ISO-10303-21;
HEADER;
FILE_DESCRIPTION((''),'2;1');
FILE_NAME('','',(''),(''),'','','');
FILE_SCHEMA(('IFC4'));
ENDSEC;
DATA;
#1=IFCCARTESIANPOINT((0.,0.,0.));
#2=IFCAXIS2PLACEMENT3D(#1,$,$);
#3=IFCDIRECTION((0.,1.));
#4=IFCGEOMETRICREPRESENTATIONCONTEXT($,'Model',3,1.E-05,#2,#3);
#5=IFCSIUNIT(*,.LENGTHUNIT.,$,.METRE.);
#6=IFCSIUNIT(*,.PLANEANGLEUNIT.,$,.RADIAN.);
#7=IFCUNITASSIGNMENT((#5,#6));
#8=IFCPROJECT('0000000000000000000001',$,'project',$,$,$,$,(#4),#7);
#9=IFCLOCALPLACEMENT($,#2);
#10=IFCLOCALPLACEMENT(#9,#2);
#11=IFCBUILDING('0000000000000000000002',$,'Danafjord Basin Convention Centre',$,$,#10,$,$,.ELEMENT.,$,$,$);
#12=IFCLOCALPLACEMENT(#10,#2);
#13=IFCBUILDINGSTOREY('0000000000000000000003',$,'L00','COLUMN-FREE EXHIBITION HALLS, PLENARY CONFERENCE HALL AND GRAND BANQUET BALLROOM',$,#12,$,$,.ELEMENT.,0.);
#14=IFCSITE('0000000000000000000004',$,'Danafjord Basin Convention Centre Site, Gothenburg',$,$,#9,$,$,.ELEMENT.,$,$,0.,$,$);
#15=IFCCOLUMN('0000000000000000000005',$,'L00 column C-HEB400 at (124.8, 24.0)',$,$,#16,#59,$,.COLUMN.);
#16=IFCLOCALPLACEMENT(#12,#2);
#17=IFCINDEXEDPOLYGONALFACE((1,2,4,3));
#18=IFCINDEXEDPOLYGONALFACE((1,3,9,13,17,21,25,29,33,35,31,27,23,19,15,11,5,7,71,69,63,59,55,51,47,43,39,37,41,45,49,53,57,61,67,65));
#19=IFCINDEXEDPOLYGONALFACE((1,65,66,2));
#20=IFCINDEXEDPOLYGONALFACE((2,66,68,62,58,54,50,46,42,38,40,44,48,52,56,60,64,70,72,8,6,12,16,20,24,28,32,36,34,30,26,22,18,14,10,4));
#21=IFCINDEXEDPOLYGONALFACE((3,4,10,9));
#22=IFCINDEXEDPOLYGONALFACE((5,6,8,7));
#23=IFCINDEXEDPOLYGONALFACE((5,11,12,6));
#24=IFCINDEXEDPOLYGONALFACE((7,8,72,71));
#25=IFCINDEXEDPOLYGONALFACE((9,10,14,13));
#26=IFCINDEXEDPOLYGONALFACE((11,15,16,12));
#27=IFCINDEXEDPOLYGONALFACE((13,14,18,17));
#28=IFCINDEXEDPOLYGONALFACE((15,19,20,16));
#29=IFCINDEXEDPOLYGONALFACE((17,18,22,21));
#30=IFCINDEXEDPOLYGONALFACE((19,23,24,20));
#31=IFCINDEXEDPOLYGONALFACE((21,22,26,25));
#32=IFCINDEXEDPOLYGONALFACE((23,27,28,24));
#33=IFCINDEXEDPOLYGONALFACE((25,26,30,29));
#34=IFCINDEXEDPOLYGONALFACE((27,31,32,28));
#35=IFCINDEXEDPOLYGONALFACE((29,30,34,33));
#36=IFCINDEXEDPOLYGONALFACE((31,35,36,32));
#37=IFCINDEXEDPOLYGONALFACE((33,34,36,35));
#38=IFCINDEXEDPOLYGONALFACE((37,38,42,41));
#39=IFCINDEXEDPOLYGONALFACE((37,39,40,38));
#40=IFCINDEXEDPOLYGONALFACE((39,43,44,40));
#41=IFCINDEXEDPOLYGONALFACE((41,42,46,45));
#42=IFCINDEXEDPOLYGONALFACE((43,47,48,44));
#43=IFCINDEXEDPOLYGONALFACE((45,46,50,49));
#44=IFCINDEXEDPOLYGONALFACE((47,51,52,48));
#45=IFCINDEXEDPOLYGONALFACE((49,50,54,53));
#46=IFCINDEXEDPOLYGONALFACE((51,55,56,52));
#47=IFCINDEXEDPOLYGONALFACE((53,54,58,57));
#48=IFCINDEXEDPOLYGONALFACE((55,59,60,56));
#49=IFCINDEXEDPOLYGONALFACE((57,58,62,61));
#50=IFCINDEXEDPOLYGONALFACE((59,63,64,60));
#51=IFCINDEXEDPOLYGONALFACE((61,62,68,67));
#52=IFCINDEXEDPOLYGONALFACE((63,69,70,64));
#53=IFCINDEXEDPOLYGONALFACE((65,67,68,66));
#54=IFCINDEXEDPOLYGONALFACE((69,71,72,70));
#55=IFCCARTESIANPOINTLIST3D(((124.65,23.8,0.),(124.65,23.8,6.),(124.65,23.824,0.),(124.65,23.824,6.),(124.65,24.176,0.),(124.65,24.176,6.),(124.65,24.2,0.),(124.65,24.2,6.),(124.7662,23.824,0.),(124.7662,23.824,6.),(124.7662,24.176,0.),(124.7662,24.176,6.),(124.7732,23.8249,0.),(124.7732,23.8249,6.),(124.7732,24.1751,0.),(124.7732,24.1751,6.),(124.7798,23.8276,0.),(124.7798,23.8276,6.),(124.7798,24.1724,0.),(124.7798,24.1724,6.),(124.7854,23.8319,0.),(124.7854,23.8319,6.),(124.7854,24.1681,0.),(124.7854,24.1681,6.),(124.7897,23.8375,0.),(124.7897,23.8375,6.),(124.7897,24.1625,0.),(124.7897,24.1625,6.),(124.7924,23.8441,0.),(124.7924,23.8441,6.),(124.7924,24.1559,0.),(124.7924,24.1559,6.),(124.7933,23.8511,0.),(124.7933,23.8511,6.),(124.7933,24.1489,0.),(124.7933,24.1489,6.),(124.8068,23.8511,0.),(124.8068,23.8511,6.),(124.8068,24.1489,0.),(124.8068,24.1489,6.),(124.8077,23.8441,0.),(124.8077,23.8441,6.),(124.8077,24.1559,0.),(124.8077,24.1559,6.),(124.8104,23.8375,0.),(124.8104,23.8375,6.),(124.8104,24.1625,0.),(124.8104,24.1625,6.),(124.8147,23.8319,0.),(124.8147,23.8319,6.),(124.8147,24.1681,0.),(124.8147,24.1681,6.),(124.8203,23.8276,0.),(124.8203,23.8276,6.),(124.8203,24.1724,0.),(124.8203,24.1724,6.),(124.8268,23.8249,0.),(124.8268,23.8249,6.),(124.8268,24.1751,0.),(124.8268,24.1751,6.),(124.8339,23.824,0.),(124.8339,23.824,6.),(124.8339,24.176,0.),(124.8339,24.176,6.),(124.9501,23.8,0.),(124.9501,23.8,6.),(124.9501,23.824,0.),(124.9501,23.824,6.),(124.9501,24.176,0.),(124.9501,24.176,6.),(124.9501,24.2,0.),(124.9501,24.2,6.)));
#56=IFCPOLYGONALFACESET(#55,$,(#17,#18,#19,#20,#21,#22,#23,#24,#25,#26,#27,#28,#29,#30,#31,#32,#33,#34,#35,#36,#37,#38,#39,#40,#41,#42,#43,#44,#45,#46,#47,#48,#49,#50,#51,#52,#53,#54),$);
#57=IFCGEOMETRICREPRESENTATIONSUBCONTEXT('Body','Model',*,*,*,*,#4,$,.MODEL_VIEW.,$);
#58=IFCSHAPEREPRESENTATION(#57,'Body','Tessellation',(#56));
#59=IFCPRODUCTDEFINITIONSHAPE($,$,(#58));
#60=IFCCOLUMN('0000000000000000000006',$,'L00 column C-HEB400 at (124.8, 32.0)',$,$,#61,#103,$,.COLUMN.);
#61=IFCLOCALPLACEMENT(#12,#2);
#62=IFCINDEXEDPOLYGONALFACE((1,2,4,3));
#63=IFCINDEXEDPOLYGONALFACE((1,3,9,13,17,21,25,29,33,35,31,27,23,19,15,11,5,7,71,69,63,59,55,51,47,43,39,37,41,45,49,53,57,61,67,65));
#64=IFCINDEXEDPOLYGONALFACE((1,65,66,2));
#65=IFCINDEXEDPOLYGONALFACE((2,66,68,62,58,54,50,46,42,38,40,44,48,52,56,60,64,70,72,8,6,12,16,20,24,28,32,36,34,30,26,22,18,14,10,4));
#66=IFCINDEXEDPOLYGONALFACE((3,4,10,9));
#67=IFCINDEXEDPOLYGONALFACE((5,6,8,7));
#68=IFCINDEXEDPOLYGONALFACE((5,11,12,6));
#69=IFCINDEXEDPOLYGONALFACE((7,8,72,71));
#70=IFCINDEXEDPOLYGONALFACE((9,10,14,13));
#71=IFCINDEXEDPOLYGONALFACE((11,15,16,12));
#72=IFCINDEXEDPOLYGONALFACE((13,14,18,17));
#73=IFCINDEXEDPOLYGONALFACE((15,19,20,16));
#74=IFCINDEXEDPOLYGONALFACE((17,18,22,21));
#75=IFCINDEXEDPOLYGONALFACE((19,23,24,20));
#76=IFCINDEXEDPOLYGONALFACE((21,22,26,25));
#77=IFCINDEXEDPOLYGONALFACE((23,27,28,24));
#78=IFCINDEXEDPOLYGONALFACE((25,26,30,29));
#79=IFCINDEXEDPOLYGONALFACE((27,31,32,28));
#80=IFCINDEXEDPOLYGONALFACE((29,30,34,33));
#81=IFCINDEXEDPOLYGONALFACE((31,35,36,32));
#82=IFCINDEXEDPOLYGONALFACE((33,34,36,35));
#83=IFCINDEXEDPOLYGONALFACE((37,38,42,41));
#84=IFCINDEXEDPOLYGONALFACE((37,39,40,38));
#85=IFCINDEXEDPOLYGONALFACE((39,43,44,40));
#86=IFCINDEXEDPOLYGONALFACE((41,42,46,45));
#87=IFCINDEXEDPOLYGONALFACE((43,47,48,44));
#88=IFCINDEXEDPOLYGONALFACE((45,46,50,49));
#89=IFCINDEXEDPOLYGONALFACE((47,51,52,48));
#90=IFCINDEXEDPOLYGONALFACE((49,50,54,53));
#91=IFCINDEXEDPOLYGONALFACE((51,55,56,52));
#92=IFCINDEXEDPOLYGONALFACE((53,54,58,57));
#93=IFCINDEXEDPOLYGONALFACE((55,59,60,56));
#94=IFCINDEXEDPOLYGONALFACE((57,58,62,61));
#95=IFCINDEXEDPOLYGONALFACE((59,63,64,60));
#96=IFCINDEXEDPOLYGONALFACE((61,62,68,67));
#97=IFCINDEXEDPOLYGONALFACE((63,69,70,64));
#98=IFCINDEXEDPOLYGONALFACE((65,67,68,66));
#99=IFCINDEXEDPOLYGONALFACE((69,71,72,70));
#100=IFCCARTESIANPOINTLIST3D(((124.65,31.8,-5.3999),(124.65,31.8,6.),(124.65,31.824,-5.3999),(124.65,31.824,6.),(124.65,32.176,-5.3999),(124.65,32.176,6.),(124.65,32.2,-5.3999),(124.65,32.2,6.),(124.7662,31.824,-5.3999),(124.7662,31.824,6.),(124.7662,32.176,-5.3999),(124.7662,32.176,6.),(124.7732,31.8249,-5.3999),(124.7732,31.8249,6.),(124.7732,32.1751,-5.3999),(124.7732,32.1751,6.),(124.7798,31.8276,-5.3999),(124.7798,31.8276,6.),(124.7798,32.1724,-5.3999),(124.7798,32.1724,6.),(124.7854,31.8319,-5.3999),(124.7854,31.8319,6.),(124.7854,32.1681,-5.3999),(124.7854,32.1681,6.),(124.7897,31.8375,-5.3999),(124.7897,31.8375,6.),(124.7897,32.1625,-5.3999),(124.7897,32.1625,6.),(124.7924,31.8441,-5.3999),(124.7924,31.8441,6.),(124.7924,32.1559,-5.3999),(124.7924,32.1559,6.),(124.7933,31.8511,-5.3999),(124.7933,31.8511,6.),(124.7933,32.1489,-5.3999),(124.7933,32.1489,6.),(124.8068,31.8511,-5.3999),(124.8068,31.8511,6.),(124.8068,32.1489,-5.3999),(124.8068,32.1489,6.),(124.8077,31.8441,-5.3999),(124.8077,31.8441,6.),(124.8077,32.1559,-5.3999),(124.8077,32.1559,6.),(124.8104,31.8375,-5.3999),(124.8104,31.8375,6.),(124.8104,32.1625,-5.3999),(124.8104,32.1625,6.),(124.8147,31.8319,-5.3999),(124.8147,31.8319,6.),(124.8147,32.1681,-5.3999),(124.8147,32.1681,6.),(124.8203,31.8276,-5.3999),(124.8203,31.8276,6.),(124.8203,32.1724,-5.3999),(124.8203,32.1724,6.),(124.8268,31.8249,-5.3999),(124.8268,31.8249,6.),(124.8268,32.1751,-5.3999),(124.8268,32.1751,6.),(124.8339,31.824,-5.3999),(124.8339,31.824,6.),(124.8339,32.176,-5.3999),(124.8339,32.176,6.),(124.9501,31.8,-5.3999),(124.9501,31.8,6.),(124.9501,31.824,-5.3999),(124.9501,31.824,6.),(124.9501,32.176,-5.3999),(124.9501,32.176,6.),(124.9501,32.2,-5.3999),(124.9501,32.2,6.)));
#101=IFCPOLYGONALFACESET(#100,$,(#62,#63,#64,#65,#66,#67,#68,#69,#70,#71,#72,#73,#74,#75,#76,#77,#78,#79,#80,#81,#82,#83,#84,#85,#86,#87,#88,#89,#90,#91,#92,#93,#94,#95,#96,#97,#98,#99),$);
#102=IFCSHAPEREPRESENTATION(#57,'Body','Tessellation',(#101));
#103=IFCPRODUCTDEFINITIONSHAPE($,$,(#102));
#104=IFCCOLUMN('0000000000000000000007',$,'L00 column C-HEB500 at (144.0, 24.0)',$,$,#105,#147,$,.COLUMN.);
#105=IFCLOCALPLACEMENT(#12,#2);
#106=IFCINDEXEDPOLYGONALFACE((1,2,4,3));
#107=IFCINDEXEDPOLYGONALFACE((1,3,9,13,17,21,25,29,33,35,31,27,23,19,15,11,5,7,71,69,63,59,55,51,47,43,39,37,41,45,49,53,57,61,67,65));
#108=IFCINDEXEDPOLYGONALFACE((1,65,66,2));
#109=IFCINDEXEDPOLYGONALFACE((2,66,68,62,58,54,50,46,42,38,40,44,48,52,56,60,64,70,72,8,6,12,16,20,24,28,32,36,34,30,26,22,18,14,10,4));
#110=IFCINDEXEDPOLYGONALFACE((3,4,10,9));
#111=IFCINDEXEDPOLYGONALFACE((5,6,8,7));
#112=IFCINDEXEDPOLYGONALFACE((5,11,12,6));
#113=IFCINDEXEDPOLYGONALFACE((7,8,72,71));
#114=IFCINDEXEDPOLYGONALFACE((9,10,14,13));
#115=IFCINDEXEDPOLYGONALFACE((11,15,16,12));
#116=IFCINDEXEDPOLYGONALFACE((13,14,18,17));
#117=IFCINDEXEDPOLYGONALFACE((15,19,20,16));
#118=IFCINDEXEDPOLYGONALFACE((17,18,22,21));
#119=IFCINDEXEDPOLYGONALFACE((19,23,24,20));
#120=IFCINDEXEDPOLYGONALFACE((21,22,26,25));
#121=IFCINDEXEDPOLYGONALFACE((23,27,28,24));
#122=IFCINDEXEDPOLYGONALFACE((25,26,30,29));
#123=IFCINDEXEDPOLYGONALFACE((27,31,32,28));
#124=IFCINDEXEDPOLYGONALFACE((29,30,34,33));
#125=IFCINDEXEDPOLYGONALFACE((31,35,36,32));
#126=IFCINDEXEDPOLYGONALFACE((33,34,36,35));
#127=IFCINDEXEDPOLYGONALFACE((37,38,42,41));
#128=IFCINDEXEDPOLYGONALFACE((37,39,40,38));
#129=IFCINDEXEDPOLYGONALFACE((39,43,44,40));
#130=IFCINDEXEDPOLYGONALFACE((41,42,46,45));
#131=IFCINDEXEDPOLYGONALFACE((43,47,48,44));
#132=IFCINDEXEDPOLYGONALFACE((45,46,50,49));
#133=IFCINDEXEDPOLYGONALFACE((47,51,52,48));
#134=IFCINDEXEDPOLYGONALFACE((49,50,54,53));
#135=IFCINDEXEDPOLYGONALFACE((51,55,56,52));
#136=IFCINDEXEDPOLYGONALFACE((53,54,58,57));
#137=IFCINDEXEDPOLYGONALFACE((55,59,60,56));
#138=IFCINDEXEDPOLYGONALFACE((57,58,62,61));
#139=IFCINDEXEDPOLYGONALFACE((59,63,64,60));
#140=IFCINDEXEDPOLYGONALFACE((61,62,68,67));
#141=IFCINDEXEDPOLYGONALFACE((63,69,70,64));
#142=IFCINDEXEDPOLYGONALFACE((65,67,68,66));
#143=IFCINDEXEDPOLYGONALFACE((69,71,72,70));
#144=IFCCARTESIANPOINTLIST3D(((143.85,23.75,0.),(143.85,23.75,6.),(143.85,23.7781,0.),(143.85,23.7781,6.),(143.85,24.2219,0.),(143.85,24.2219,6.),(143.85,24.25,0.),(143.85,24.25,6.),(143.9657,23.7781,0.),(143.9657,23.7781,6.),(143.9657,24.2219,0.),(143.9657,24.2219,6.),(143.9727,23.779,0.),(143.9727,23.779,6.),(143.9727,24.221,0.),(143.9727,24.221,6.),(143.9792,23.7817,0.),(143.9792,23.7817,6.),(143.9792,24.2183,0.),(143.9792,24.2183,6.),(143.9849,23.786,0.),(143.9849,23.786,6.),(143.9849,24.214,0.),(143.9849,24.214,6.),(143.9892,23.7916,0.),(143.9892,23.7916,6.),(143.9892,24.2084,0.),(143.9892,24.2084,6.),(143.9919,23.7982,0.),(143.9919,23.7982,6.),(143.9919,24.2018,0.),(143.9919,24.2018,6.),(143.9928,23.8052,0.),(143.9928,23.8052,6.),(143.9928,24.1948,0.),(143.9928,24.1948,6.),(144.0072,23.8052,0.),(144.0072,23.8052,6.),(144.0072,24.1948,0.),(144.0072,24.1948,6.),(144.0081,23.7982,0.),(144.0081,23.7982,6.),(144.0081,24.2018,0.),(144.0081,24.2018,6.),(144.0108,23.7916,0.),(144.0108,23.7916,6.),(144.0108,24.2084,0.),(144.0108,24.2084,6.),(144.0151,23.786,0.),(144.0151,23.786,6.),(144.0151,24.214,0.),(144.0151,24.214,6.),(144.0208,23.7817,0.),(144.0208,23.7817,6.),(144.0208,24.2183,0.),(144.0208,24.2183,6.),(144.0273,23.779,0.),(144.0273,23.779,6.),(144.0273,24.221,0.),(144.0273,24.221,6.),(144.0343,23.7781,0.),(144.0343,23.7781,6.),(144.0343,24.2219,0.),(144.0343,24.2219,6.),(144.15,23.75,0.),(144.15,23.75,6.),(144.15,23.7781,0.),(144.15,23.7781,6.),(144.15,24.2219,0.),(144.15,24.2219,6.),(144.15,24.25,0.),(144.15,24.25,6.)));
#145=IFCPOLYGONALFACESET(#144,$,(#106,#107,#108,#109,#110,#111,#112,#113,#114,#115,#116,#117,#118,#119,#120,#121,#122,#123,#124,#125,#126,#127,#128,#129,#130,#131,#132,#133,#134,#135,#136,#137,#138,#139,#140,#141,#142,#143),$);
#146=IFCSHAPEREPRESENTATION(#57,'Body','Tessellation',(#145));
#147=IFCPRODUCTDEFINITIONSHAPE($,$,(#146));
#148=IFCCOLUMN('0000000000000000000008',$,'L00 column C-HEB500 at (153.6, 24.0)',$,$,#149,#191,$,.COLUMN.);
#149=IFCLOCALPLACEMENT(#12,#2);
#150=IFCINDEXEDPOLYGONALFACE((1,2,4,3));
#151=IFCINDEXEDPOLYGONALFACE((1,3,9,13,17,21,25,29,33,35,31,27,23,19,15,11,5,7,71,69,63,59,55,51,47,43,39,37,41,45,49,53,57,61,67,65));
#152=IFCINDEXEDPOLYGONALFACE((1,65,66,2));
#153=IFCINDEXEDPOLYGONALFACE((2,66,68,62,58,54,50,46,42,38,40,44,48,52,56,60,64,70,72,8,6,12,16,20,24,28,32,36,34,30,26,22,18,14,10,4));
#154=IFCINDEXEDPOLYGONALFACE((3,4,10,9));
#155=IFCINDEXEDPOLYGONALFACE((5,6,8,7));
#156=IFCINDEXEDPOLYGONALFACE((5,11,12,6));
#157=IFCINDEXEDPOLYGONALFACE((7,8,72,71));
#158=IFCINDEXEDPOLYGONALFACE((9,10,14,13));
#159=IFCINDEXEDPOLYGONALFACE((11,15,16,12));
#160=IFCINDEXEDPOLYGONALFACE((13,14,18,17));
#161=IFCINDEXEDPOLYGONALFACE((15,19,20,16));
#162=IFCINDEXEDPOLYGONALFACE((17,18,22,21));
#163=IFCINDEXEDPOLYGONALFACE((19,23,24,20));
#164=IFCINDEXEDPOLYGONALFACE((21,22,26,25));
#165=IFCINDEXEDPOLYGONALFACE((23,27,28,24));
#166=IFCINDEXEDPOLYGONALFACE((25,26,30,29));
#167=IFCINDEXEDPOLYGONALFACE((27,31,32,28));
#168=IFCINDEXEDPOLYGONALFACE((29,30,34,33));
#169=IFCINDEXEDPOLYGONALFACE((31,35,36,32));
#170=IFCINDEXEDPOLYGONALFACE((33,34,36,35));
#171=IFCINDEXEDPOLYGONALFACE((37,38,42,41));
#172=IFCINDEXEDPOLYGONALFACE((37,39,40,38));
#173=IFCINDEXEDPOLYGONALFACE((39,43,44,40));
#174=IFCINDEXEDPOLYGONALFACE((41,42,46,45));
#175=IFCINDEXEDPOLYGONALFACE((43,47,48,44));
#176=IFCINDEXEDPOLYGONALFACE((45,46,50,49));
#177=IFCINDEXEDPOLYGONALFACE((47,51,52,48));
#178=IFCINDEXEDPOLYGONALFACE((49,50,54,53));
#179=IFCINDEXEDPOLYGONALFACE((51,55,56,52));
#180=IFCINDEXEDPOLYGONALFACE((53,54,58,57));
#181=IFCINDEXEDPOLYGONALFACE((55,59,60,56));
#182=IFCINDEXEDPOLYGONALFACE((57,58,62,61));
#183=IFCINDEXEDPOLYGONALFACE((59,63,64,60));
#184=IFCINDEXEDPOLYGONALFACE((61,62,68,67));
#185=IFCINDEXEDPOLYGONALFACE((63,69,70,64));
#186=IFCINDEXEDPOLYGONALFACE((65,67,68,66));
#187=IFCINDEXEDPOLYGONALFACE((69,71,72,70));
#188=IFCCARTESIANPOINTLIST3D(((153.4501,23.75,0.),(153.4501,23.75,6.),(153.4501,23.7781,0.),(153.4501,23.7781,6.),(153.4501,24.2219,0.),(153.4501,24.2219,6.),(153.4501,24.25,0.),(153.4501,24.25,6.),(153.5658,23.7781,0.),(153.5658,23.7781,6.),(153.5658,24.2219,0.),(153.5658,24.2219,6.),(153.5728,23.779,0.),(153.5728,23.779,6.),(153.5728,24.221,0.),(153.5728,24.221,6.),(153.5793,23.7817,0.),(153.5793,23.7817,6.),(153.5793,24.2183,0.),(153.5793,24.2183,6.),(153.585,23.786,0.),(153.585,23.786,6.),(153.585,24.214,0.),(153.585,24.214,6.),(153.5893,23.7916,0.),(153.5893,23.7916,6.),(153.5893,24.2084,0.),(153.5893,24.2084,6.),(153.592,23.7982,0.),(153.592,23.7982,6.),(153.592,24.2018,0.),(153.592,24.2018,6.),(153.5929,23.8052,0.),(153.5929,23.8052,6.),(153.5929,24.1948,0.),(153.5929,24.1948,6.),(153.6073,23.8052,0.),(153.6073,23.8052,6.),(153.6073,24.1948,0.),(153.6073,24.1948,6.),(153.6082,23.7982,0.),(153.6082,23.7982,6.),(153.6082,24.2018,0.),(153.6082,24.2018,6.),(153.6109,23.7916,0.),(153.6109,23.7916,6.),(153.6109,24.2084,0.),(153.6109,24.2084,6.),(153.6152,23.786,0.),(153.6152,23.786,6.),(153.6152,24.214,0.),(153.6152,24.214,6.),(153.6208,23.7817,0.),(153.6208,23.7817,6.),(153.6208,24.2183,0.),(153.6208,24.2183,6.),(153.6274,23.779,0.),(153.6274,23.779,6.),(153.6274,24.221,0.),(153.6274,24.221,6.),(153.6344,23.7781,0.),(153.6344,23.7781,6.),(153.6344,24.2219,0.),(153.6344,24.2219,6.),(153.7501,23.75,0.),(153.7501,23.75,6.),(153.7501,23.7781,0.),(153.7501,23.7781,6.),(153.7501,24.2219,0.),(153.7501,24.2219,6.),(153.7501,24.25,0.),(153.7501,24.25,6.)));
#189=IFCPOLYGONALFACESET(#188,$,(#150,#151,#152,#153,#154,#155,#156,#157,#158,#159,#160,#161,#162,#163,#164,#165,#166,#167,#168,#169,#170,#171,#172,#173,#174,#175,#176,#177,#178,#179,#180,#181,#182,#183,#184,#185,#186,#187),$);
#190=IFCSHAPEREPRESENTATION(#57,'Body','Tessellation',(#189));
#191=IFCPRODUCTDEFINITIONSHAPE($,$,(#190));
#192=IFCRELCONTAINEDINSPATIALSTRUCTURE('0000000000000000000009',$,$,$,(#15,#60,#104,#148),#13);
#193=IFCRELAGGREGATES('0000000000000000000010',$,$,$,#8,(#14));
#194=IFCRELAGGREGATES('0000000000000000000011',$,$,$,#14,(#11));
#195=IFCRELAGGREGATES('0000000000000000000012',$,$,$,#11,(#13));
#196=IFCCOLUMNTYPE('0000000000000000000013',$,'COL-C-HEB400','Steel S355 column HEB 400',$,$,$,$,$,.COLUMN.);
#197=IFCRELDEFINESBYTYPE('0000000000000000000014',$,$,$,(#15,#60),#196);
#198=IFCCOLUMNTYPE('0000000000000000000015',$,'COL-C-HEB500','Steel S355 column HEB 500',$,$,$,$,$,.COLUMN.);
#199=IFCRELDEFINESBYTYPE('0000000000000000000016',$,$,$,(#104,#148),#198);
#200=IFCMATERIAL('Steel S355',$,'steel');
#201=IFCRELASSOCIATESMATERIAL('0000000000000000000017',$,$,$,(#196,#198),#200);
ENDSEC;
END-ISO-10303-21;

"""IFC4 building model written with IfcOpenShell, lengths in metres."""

from ifc_helpers import new_model, si_unit, direction, frame, origin, origin_2d, place, context, subcontext, project, spatial, i_section, extrude, material, material_profile, profile_set, type_object, element, save


model = new_model("IFC4")

# Units and contexts
model_context = context("Model", 3, precision=1e-05, world=origin(), true_north=direction((0.0, 1.0)))
body_context = subcontext(model_context, "Body", "Model", "MODEL_VIEW")
ifc_project = project(units=[si_unit("LENGTHUNIT", "METRE"), si_unit("PLANEANGLEUNIT", "RADIAN")], contexts=[model_context])

# Site, building, storey
site_placement = place(None, origin())
site = spatial("IfcSite", under=ifc_project, at=site_placement, Name="Danafjord Basin Convention Centre Site, Gothenburg", CompositionType="ELEMENT", RefElevation=0.0)
building_placement = place(site_placement, origin())
building = spatial("IfcBuilding", under=site, at=building_placement, Name="Danafjord Basin Convention Centre", CompositionType="ELEMENT")
storey_placement = place(building_placement, origin())
storey = spatial("IfcBuildingStorey", under=building, at=storey_placement, Name="L00", Description="COLUMN-FREE EXHIBITION HALLS, PLENARY CONFERENCE HALL AND GRAND BANQUET BALLROOM", CompositionType="ELEMENT", Elevation=0.0)

# Columns
ifc_material_1 = material(Name="Steel S355", Category="steel")
ifc_material_profile_1 = material_profile(ifc_material_1, i_section(OverallWidth=0.3, OverallDepth=0.3999, WebThickness=0.0134, FlangeThickness=0.0239, FilletRadius=0.0271, at=origin_2d()), Name="HEB 400")
ifc_profile_set_1 = profile_set([ifc_material_profile_1], Name="Steel S355")
column_type_1 = type_object("IfcColumnType", Name="COL-C-HEB400", Description="Steel S355 column HEB 400", PredefinedType="COLUMN", material=ifc_profile_set_1)
column_1_placement = place(storey_placement, frame((124.8, 24.0, 0.0), z_axis=(0.0, 0.0, 1.0), x_axis=(1.0, 0.0, 0.0)))
element("IfcColumn", 1, at=column_1_placement, inside=storey, type_object=column_type_1, Name="L00 column C-HEB400 at (124.8, 24.0)", PredefinedType="COLUMN", context=body_context, shape_type="SweptSolid", body=[
    extrude(i_section(OverallWidth=0.3, OverallDepth=0.3999, WebThickness=0.0134, FlangeThickness=0.0239, FilletRadius=0.0271, at=origin_2d()), origin(), (0.0, 0.0, 1.0), 6.0),
])
column_2_placement = place(storey_placement, frame((124.8, 32.0, -5.3999), z_axis=(0.0, 0.0, 1.0), x_axis=(1.0, 0.0, 0.0)))
element("IfcColumn", 2, at=column_2_placement, inside=storey, type_object=column_type_1, Name="L00 column C-HEB400 at (124.8, 32.0)", PredefinedType="COLUMN", context=body_context, shape_type="SweptSolid", body=[
    extrude(i_section(OverallWidth=0.3, OverallDepth=0.3999, WebThickness=0.0134, FlangeThickness=0.0239, FilletRadius=0.0271, at=origin_2d()), origin(), (0.0, 0.0, 1.0), 11.3999),
])
ifc_material_profile_2 = material_profile(ifc_material_1, i_section(OverallWidth=0.3, OverallDepth=0.5, WebThickness=0.0144, FlangeThickness=0.0281, FilletRadius=0.0271, at=origin_2d()), Name="HEB 500")
ifc_profile_set_2 = profile_set([ifc_material_profile_2], Name="Steel S355")
column_type_2 = type_object("IfcColumnType", Name="COL-C-HEB500", Description="Steel S355 column HEB 500", PredefinedType="COLUMN", material=ifc_profile_set_2)
for number, where, z_axis, x_axis, name in (
    (3, (144.0, 24.0, 0.0), (0.0, 0.0, 1.0), (1.0, 0.0, 0.0), "L00 column C-HEB500 at (144.0, 24.0)"),
    (4, (153.6001, 24.0, 0.0), (0.0, 0.0, 1.0), (1.0, 0.0, 0.0), "L00 column C-HEB500 at (153.6, 24.0)"),
):
    element("IfcColumn", number, at=place(storey_placement, frame(where, z_axis=z_axis, x_axis=x_axis)), inside=storey, type_object=column_type_2, Name=name, PredefinedType="COLUMN", context=body_context, shape_type="SweptSolid", body=[
        extrude(i_section(OverallWidth=0.3, OverallDepth=0.5, WebThickness=0.0144, FlangeThickness=0.0281, FilletRadius=0.0271, at=origin_2d()), origin(), (0.0, 0.0, 1.0), 6.0),
    ])

save(model, "model.ifc")
